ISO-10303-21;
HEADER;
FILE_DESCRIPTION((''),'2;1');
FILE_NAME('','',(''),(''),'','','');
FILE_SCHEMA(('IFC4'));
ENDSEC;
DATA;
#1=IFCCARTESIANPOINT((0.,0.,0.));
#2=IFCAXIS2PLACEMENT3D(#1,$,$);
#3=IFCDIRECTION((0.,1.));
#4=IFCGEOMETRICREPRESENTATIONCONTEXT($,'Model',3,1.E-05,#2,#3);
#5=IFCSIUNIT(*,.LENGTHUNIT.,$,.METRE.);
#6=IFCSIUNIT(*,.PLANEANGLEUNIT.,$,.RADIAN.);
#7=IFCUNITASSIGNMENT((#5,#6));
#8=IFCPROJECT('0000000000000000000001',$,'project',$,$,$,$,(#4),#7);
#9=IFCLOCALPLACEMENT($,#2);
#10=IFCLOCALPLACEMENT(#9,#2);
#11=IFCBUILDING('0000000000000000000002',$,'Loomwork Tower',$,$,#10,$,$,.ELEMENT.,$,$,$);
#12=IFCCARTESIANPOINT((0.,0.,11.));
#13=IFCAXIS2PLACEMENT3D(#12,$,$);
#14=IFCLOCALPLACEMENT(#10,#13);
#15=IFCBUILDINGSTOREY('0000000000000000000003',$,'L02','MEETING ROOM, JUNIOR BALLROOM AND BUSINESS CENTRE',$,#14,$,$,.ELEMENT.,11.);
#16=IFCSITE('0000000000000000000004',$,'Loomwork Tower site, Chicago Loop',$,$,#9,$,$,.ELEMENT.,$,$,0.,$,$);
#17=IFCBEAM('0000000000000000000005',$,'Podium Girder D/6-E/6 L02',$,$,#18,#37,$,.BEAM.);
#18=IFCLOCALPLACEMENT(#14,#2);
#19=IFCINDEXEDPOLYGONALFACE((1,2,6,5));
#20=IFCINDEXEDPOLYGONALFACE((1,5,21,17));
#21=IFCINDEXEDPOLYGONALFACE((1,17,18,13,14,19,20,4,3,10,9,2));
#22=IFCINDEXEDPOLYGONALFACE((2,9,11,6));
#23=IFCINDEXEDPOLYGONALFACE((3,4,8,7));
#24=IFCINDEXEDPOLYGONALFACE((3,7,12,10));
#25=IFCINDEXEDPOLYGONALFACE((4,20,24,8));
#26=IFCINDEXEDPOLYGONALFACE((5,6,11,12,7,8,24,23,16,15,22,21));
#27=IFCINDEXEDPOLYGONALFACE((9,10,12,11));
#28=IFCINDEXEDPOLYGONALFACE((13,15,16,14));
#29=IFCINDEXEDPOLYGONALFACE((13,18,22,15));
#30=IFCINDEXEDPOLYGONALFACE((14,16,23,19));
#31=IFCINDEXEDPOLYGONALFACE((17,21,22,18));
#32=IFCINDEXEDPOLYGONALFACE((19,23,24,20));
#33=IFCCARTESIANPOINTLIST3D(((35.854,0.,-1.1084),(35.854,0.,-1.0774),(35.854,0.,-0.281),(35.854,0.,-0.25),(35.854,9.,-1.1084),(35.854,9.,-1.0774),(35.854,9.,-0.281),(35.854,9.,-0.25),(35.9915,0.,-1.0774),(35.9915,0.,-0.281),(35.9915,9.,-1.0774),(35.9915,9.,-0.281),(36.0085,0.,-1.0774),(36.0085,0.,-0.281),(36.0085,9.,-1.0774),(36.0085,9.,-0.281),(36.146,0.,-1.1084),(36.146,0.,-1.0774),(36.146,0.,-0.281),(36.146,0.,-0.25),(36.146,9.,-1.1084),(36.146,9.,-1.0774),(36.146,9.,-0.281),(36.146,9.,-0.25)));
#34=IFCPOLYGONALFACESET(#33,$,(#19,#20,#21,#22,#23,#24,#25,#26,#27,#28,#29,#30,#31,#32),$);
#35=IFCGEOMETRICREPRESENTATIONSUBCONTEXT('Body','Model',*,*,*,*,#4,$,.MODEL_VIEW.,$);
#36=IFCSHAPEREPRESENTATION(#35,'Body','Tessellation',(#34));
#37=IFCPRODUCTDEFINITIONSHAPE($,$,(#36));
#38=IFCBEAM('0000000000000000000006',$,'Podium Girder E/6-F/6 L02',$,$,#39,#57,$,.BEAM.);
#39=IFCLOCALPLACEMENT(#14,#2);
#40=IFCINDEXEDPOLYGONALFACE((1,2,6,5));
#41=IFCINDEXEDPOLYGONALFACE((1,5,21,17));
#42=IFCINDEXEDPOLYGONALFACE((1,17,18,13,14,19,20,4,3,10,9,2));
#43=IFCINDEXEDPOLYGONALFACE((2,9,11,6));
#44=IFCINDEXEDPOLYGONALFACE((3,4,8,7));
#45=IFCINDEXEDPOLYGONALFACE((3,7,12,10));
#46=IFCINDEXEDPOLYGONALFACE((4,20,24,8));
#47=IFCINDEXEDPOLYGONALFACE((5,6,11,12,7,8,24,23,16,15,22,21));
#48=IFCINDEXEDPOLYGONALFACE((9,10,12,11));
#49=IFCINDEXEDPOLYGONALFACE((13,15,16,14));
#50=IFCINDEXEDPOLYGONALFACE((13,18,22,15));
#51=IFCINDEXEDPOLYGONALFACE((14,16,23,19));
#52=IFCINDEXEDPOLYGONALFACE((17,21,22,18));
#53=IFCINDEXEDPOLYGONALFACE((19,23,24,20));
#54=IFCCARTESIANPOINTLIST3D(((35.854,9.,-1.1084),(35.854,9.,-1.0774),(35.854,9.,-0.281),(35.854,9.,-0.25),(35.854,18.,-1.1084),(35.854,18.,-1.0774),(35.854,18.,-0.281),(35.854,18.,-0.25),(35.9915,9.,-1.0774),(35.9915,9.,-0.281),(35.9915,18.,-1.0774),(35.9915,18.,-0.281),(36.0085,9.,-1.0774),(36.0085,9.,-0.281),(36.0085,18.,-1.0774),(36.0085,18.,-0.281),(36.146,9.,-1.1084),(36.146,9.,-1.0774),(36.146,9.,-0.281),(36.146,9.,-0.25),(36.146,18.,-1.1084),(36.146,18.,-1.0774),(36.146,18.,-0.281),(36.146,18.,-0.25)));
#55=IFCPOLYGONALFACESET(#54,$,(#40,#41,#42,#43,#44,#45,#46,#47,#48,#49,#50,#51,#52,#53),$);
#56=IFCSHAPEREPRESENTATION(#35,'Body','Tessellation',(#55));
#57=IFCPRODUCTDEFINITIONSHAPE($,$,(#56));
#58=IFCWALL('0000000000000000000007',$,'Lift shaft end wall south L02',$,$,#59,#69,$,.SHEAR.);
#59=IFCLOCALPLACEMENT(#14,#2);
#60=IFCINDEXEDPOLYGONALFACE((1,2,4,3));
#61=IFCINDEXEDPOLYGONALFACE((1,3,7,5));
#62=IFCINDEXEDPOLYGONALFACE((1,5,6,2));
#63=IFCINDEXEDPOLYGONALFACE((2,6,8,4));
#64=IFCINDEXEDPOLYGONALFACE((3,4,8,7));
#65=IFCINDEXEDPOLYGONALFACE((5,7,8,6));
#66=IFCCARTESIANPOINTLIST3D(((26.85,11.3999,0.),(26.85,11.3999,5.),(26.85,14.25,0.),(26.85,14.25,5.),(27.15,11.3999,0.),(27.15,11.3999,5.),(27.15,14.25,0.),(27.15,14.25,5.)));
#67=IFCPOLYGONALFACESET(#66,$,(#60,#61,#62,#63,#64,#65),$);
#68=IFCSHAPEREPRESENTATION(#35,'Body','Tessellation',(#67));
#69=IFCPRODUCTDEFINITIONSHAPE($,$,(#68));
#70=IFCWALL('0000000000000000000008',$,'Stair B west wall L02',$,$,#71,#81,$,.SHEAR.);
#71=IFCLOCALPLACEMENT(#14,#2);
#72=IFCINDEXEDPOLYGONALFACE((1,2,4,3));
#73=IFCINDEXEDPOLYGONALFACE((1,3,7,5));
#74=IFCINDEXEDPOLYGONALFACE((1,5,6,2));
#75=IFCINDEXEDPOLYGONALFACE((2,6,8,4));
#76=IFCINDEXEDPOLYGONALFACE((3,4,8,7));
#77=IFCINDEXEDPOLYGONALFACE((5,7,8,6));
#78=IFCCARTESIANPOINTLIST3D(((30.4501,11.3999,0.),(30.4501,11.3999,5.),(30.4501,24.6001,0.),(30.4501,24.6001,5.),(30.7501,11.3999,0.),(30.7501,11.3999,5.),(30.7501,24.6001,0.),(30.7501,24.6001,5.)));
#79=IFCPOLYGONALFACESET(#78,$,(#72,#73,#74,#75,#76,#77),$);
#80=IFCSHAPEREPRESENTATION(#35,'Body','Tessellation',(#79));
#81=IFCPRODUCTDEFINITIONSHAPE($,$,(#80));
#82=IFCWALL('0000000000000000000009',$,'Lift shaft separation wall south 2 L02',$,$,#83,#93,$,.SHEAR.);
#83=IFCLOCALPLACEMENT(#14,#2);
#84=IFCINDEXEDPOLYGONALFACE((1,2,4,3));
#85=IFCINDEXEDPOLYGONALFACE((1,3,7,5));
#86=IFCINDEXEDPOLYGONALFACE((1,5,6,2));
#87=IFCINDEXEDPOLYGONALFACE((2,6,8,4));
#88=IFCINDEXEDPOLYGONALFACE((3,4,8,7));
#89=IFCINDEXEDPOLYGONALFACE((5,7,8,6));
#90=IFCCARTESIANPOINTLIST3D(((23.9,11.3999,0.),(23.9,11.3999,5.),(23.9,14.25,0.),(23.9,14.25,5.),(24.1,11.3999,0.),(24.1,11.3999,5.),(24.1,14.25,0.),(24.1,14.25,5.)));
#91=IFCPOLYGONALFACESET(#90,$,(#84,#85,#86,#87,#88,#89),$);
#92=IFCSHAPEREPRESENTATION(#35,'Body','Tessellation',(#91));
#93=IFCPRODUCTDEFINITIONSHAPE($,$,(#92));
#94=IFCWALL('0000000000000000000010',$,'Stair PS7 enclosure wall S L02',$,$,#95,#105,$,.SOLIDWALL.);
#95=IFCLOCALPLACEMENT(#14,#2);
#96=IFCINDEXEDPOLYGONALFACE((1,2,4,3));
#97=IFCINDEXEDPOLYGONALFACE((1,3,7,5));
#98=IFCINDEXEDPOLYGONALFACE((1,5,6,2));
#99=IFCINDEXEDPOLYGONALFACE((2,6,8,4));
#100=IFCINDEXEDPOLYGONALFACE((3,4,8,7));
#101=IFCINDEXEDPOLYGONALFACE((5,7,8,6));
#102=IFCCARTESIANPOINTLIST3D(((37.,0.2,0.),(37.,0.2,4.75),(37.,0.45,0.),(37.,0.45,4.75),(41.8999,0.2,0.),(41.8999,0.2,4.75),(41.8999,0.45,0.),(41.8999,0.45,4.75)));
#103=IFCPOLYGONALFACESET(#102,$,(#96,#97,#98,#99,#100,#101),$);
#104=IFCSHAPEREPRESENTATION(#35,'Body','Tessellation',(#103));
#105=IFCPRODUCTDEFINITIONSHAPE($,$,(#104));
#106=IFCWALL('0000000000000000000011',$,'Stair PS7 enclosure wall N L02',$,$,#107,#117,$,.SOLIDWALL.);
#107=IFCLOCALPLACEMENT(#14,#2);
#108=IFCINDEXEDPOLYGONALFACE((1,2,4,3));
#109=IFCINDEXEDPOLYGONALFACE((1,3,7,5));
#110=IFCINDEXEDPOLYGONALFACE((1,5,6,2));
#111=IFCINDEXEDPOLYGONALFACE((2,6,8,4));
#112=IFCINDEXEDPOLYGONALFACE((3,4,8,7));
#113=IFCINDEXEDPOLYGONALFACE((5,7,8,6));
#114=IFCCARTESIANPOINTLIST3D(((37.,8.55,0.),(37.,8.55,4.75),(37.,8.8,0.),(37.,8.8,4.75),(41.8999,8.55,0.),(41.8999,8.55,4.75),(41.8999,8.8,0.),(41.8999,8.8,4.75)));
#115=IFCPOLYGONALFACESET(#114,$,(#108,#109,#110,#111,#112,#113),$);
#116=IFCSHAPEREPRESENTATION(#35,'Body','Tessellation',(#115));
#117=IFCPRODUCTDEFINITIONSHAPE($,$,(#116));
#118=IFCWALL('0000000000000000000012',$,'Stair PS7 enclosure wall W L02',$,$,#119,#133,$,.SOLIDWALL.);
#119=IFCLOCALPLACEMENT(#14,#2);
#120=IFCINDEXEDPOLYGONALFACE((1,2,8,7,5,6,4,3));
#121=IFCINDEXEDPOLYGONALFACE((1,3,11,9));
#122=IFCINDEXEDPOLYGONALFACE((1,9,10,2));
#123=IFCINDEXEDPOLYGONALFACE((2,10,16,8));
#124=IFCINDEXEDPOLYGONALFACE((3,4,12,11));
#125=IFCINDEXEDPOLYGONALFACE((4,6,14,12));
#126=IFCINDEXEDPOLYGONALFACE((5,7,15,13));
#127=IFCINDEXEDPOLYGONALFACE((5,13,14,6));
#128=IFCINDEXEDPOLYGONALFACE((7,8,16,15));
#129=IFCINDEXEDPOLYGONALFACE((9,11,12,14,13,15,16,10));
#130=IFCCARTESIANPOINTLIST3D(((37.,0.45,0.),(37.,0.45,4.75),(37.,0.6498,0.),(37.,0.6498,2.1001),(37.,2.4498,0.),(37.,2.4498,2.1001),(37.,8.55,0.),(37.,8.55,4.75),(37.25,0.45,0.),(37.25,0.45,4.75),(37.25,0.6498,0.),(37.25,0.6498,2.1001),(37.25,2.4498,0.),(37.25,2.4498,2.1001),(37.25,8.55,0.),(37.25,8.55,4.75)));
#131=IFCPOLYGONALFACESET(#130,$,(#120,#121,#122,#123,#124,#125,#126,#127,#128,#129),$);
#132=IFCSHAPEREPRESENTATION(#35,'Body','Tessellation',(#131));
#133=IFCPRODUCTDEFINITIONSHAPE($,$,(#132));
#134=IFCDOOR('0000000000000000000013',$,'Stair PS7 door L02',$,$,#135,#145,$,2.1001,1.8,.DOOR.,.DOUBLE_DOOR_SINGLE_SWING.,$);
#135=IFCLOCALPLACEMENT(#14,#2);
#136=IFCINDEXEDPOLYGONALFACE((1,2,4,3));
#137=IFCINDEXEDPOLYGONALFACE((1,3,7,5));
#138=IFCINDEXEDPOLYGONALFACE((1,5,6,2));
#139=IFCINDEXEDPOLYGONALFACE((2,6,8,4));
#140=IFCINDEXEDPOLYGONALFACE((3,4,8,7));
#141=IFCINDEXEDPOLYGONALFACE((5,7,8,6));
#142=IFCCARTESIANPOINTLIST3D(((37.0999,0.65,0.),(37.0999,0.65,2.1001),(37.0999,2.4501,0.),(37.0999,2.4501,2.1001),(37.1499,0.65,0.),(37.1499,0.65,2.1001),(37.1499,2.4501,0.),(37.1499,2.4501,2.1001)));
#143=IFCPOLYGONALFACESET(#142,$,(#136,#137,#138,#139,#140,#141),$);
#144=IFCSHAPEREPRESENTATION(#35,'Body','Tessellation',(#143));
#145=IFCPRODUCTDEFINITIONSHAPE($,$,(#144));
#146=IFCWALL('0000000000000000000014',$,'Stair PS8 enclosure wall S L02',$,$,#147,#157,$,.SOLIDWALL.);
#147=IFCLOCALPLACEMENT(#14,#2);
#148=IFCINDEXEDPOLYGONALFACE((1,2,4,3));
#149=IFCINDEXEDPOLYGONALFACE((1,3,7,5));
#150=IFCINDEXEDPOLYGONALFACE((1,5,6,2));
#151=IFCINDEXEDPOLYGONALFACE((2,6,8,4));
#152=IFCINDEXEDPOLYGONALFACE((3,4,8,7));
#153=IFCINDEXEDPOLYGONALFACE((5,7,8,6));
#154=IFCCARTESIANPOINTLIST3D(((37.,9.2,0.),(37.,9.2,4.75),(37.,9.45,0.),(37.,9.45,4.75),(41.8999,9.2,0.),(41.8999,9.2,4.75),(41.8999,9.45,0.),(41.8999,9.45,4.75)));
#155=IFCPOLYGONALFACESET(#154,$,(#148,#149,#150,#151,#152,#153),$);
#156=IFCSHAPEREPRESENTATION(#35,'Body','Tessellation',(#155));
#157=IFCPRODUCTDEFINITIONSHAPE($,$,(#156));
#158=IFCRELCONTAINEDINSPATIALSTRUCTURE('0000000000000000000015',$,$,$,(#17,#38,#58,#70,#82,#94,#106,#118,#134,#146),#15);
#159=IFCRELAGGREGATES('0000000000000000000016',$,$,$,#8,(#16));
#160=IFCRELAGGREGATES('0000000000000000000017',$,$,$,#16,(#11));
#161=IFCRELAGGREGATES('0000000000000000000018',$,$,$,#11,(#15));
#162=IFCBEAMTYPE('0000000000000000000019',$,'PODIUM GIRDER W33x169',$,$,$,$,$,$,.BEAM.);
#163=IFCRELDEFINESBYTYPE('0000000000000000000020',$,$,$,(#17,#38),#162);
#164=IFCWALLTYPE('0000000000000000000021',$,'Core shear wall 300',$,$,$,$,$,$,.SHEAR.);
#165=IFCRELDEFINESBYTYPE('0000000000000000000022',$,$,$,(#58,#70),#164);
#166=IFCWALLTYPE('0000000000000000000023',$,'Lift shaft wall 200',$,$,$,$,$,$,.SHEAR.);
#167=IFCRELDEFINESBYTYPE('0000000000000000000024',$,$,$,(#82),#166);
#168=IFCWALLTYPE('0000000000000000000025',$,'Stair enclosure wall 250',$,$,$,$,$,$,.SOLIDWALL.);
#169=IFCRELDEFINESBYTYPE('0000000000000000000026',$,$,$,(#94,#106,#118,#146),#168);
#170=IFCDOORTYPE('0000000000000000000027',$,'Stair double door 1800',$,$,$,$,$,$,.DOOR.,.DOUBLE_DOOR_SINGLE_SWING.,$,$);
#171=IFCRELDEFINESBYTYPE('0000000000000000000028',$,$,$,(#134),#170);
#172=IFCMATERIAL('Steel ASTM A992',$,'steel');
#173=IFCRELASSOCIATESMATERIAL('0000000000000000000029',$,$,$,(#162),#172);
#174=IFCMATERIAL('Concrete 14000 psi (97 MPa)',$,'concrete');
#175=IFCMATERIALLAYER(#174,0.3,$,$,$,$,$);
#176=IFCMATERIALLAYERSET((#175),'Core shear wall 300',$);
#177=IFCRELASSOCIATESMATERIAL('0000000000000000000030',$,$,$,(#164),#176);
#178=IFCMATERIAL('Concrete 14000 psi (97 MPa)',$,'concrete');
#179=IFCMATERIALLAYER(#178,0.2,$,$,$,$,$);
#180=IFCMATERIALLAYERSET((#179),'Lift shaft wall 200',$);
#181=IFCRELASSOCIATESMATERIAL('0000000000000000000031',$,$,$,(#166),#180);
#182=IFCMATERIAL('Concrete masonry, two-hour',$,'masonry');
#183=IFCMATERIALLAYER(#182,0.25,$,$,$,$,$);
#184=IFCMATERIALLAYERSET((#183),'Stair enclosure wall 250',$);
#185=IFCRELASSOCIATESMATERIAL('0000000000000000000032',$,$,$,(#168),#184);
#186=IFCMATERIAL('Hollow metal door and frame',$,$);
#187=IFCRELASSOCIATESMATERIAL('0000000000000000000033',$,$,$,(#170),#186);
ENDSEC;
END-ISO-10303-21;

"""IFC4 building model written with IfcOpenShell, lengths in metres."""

from ifc_helpers import new_model, si_unit, direction, frame, frame_2d, origin, origin_2d, place, context, subcontext, project, spatial, rectangle, i_section, extrude, material, layer, layer_set, material_profile, profile_set, type_object, element, fill, save


model = new_model("IFC4")

# Units and contexts
model_context = context("Model", 3, precision=1e-05, world=origin(), true_north=direction((0.0, 1.0)))
body_context = subcontext(model_context, "Body", "Model", "MODEL_VIEW")
ifc_project = project(units=[si_unit("LENGTHUNIT", "METRE"), si_unit("PLANEANGLEUNIT", "RADIAN")], contexts=[model_context])

# Site, building, storey
site_placement = place(None, origin())
site = spatial("IfcSite", under=ifc_project, at=site_placement, Name="Loomwork Tower site, Chicago Loop", CompositionType="ELEMENT", RefElevation=0.0)
building_placement = place(site_placement, origin())
building = spatial("IfcBuilding", under=site, at=building_placement, Name="Loomwork Tower", CompositionType="ELEMENT")
storey_placement = place(building_placement, frame((0.0, 0.0, 11.0)))
storey = spatial("IfcBuildingStorey", under=building, at=storey_placement, Name="L02", Description="MEETING ROOM, JUNIOR BALLROOM AND BUSINESS CENTRE", CompositionType="ELEMENT", Elevation=11.0)

# Beams
ifc_material_1 = material(Name="Steel ASTM A992", Category="steel")
ifc_material_profile_1 = material_profile(ifc_material_1, i_section(OverallWidth=0.292, OverallDepth=0.8584, WebThickness=0.0171, FlangeThickness=0.031, at=origin_2d()), Name="W33x169")
ifc_profile_set_1 = profile_set([ifc_material_profile_1], Name="Steel ASTM A992")
beam_type_1 = type_object("IfcBeamType", Name="PODIUM GIRDER W33x169", PredefinedType="BEAM", material=ifc_profile_set_1)
for number, where, z_axis, x_axis, name in (
    (1, (36.0, 0.0, -0.6792), (0.0, 1.0, 0.0), (-1.0, 0.0, 0.0), "Podium Girder D/6-E/6 L02"),
    (2, (36.0, 9.0, -0.6792), (0.0, 1.0, 0.0), (-1.0, 0.0, 0.0), "Podium Girder E/6-F/6 L02"),
):
    element("IfcBeam", number, at=place(storey_placement, frame(where, z_axis=z_axis, x_axis=x_axis)), inside=storey, type_object=beam_type_1, Name=name, PredefinedType="BEAM", context=body_context, shape_type="SweptSolid", body=[
        extrude(i_section(OverallWidth=0.292, OverallDepth=0.8584, WebThickness=0.0171, FlangeThickness=0.031, at=origin_2d()), origin(), (0.0, 0.0, 1.0), 9.0),
    ])

# Walls
ifc_material_2 = material(Name="Concrete 14000 psi (97 MPa)", Category="concrete")
ifc_layer_1 = layer(ifc_material_2, 0.3)
ifc_layer_set_1 = layer_set([ifc_layer_1], Name="Core shear wall 300")
wall_type_1 = type_object("IfcWallType", Name="Core shear wall 300", PredefinedType="SHEAR", material=ifc_layer_set_1)
wall_1_placement = place(storey_placement, frame((27.0, 11.3999, 0.0), z_axis=(0.0, 0.0, 1.0), x_axis=(0.0, 1.0, 0.0)))
element("IfcWall", 3, at=wall_1_placement, inside=storey, type_object=wall_type_1, Name="Lift shaft end wall south L02", PredefinedType="SHEAR", context=body_context, shape_type="SweptSolid", body=[
    extrude(rectangle(XDim=2.8501, YDim=0.3, at=frame_2d((1.425, 0.0))), origin(), (0.0, 0.0, 1.0), 5.0),
])
wall_2_placement = place(storey_placement, frame((30.6001, 11.3999, 0.0), z_axis=(0.0, 0.0, 1.0), x_axis=(0.0, 1.0, 0.0)))
element("IfcWall", 4, at=wall_2_placement, inside=storey, type_object=wall_type_1, Name="Stair B west wall L02", PredefinedType="SHEAR", context=body_context, shape_type="SweptSolid", body=[
    extrude(rectangle(XDim=13.2002, YDim=0.3, at=frame_2d((6.6001, 0.0))), origin(), (0.0, 0.0, 1.0), 5.0),
])
ifc_material_3 = material(Name="Concrete 14000 psi (97 MPa)", Category="concrete")
ifc_layer_2 = layer(ifc_material_3, 0.2)
ifc_layer_set_2 = layer_set([ifc_layer_2], Name="Lift shaft wall 200")
wall_type_2 = type_object("IfcWallType", Name="Lift shaft wall 200", PredefinedType="SHEAR", material=ifc_layer_set_2)
wall_3_placement = place(storey_placement, frame((24.0, 11.3999, 0.0), z_axis=(0.0, 0.0, 1.0), x_axis=(0.0, 1.0, 0.0)))
element("IfcWall", 5, at=wall_3_placement, inside=storey, type_object=wall_type_2, Name="Lift shaft separation wall south 2 L02", PredefinedType="SHEAR", context=body_context, shape_type="SweptSolid", body=[
    extrude(rectangle(XDim=2.8501, YDim=0.2, at=frame_2d((1.425, 0.0))), origin(), (0.0, 0.0, 1.0), 5.0),
])
ifc_material_4 = material(Name="Concrete masonry, two-hour", Category="masonry")
ifc_layer_3 = layer(ifc_material_4, 0.25)
ifc_layer_set_3 = layer_set([ifc_layer_3], Name="Stair enclosure wall 250")
wall_type_3 = type_object("IfcWallType", Name="Stair enclosure wall 250", PredefinedType="SOLIDWALL", material=ifc_layer_set_3)
for number, where, z_axis, x_axis, name in (
    (6, (37.0, 0.325, 0.0), (0.0, 0.0, 1.0), (1.0, 0.0, 0.0), "Stair PS7 enclosure wall S L02"),
    (7, (37.0, 8.675, 0.0), (0.0, 0.0, 1.0), (1.0, 0.0, 0.0), "Stair PS7 enclosure wall N L02"),
):
    element("IfcWall", number, at=place(storey_placement, frame(where, z_axis=z_axis, x_axis=x_axis)), inside=storey, type_object=wall_type_3, Name=name, PredefinedType="SOLIDWALL", context=body_context, shape_type="SweptSolid", body=[
        extrude(rectangle(XDim=4.8999, YDim=0.25, at=frame_2d((2.45, 0.0))), origin(), (0.0, 0.0, 1.0), 4.75),
    ])

# Wall, opening, door
wall_4_placement = place(storey_placement, frame((37.125, 0.45, 0.0), z_axis=(0.0, 0.0, 1.0), x_axis=(0.0, 1.0, 0.0)))
wall_4 = element("IfcWall", 8, at=wall_4_placement, inside=storey, type_object=wall_type_3, Name="Stair PS7 enclosure wall W L02", PredefinedType="SOLIDWALL", context=body_context, shape_type="SweptSolid", body=[
    extrude(rectangle(XDim=8.1001, YDim=0.25, at=frame_2d((4.05, 0.0))), origin(), (0.0, 0.0, 1.0), 4.75),
])
opening_placement = place(wall_4_placement, frame((0.2, 0.0, 0.0)))
opening = element("IfcOpeningElement", 9, at=opening_placement, cuts=wall_4, PredefinedType="OPENING", context=body_context, shape_type="SweptSolid", body=[
    extrude(rectangle(XDim=1.8, YDim=2.1001, at=frame_2d((0.8999, 1.05))), frame((0.0, 0.135, 0.0), z_axis=(0.0, -1.0, 0.0), x_axis=(1.0, 0.0, 0.0)), (0.0, 0.0, 1.0), 0.27),
])
ifc_material_5 = material(Name="Hollow metal door and frame")
door_type = type_object("IfcDoorType", Name="Stair double door 1800", OperationType="DOUBLE_DOOR_SINGLE_SWING", PredefinedType="DOOR", material=ifc_material_5)
door_placement = place(opening_placement, frame((1.8, 0.0, 0.0), z_axis=(0.0, 0.0, 1.0), x_axis=(-1.0, 0.0, 0.0)))
door = element("IfcDoor", 10, at=door_placement, inside=storey, type_object=door_type, Name="Stair PS7 door L02", OperationType="DOUBLE_DOOR_SINGLE_SWING", OverallHeight=2.1001, OverallWidth=1.8, PredefinedType="DOOR", context=body_context, shape_type="SweptSolid", body=[
    extrude(rectangle(XDim=1.8, YDim=2.1001, at=frame_2d((0.8999, 1.05))), frame((0.0, 0.0249, 0.0), z_axis=(0.0, -1.0, 0.0), x_axis=(1.0, 0.0, 0.0)), (0.0, 0.0, 1.0), 0.05),
])
fill(opening, door)

# Wall
wall_5_placement = place(storey_placement, frame((37.0, 9.325, 0.0), z_axis=(0.0, 0.0, 1.0), x_axis=(1.0, 0.0, 0.0)))
element("IfcWall", 11, at=wall_5_placement, inside=storey, type_object=wall_type_3, Name="Stair PS8 enclosure wall S L02", PredefinedType="SOLIDWALL", context=body_context, shape_type="SweptSolid", body=[
    extrude(rectangle(XDim=4.8999, YDim=0.25, at=frame_2d((2.45, 0.0))), origin(), (0.0, 0.0, 1.0), 4.75),
])

save(model, "model.ifc")
